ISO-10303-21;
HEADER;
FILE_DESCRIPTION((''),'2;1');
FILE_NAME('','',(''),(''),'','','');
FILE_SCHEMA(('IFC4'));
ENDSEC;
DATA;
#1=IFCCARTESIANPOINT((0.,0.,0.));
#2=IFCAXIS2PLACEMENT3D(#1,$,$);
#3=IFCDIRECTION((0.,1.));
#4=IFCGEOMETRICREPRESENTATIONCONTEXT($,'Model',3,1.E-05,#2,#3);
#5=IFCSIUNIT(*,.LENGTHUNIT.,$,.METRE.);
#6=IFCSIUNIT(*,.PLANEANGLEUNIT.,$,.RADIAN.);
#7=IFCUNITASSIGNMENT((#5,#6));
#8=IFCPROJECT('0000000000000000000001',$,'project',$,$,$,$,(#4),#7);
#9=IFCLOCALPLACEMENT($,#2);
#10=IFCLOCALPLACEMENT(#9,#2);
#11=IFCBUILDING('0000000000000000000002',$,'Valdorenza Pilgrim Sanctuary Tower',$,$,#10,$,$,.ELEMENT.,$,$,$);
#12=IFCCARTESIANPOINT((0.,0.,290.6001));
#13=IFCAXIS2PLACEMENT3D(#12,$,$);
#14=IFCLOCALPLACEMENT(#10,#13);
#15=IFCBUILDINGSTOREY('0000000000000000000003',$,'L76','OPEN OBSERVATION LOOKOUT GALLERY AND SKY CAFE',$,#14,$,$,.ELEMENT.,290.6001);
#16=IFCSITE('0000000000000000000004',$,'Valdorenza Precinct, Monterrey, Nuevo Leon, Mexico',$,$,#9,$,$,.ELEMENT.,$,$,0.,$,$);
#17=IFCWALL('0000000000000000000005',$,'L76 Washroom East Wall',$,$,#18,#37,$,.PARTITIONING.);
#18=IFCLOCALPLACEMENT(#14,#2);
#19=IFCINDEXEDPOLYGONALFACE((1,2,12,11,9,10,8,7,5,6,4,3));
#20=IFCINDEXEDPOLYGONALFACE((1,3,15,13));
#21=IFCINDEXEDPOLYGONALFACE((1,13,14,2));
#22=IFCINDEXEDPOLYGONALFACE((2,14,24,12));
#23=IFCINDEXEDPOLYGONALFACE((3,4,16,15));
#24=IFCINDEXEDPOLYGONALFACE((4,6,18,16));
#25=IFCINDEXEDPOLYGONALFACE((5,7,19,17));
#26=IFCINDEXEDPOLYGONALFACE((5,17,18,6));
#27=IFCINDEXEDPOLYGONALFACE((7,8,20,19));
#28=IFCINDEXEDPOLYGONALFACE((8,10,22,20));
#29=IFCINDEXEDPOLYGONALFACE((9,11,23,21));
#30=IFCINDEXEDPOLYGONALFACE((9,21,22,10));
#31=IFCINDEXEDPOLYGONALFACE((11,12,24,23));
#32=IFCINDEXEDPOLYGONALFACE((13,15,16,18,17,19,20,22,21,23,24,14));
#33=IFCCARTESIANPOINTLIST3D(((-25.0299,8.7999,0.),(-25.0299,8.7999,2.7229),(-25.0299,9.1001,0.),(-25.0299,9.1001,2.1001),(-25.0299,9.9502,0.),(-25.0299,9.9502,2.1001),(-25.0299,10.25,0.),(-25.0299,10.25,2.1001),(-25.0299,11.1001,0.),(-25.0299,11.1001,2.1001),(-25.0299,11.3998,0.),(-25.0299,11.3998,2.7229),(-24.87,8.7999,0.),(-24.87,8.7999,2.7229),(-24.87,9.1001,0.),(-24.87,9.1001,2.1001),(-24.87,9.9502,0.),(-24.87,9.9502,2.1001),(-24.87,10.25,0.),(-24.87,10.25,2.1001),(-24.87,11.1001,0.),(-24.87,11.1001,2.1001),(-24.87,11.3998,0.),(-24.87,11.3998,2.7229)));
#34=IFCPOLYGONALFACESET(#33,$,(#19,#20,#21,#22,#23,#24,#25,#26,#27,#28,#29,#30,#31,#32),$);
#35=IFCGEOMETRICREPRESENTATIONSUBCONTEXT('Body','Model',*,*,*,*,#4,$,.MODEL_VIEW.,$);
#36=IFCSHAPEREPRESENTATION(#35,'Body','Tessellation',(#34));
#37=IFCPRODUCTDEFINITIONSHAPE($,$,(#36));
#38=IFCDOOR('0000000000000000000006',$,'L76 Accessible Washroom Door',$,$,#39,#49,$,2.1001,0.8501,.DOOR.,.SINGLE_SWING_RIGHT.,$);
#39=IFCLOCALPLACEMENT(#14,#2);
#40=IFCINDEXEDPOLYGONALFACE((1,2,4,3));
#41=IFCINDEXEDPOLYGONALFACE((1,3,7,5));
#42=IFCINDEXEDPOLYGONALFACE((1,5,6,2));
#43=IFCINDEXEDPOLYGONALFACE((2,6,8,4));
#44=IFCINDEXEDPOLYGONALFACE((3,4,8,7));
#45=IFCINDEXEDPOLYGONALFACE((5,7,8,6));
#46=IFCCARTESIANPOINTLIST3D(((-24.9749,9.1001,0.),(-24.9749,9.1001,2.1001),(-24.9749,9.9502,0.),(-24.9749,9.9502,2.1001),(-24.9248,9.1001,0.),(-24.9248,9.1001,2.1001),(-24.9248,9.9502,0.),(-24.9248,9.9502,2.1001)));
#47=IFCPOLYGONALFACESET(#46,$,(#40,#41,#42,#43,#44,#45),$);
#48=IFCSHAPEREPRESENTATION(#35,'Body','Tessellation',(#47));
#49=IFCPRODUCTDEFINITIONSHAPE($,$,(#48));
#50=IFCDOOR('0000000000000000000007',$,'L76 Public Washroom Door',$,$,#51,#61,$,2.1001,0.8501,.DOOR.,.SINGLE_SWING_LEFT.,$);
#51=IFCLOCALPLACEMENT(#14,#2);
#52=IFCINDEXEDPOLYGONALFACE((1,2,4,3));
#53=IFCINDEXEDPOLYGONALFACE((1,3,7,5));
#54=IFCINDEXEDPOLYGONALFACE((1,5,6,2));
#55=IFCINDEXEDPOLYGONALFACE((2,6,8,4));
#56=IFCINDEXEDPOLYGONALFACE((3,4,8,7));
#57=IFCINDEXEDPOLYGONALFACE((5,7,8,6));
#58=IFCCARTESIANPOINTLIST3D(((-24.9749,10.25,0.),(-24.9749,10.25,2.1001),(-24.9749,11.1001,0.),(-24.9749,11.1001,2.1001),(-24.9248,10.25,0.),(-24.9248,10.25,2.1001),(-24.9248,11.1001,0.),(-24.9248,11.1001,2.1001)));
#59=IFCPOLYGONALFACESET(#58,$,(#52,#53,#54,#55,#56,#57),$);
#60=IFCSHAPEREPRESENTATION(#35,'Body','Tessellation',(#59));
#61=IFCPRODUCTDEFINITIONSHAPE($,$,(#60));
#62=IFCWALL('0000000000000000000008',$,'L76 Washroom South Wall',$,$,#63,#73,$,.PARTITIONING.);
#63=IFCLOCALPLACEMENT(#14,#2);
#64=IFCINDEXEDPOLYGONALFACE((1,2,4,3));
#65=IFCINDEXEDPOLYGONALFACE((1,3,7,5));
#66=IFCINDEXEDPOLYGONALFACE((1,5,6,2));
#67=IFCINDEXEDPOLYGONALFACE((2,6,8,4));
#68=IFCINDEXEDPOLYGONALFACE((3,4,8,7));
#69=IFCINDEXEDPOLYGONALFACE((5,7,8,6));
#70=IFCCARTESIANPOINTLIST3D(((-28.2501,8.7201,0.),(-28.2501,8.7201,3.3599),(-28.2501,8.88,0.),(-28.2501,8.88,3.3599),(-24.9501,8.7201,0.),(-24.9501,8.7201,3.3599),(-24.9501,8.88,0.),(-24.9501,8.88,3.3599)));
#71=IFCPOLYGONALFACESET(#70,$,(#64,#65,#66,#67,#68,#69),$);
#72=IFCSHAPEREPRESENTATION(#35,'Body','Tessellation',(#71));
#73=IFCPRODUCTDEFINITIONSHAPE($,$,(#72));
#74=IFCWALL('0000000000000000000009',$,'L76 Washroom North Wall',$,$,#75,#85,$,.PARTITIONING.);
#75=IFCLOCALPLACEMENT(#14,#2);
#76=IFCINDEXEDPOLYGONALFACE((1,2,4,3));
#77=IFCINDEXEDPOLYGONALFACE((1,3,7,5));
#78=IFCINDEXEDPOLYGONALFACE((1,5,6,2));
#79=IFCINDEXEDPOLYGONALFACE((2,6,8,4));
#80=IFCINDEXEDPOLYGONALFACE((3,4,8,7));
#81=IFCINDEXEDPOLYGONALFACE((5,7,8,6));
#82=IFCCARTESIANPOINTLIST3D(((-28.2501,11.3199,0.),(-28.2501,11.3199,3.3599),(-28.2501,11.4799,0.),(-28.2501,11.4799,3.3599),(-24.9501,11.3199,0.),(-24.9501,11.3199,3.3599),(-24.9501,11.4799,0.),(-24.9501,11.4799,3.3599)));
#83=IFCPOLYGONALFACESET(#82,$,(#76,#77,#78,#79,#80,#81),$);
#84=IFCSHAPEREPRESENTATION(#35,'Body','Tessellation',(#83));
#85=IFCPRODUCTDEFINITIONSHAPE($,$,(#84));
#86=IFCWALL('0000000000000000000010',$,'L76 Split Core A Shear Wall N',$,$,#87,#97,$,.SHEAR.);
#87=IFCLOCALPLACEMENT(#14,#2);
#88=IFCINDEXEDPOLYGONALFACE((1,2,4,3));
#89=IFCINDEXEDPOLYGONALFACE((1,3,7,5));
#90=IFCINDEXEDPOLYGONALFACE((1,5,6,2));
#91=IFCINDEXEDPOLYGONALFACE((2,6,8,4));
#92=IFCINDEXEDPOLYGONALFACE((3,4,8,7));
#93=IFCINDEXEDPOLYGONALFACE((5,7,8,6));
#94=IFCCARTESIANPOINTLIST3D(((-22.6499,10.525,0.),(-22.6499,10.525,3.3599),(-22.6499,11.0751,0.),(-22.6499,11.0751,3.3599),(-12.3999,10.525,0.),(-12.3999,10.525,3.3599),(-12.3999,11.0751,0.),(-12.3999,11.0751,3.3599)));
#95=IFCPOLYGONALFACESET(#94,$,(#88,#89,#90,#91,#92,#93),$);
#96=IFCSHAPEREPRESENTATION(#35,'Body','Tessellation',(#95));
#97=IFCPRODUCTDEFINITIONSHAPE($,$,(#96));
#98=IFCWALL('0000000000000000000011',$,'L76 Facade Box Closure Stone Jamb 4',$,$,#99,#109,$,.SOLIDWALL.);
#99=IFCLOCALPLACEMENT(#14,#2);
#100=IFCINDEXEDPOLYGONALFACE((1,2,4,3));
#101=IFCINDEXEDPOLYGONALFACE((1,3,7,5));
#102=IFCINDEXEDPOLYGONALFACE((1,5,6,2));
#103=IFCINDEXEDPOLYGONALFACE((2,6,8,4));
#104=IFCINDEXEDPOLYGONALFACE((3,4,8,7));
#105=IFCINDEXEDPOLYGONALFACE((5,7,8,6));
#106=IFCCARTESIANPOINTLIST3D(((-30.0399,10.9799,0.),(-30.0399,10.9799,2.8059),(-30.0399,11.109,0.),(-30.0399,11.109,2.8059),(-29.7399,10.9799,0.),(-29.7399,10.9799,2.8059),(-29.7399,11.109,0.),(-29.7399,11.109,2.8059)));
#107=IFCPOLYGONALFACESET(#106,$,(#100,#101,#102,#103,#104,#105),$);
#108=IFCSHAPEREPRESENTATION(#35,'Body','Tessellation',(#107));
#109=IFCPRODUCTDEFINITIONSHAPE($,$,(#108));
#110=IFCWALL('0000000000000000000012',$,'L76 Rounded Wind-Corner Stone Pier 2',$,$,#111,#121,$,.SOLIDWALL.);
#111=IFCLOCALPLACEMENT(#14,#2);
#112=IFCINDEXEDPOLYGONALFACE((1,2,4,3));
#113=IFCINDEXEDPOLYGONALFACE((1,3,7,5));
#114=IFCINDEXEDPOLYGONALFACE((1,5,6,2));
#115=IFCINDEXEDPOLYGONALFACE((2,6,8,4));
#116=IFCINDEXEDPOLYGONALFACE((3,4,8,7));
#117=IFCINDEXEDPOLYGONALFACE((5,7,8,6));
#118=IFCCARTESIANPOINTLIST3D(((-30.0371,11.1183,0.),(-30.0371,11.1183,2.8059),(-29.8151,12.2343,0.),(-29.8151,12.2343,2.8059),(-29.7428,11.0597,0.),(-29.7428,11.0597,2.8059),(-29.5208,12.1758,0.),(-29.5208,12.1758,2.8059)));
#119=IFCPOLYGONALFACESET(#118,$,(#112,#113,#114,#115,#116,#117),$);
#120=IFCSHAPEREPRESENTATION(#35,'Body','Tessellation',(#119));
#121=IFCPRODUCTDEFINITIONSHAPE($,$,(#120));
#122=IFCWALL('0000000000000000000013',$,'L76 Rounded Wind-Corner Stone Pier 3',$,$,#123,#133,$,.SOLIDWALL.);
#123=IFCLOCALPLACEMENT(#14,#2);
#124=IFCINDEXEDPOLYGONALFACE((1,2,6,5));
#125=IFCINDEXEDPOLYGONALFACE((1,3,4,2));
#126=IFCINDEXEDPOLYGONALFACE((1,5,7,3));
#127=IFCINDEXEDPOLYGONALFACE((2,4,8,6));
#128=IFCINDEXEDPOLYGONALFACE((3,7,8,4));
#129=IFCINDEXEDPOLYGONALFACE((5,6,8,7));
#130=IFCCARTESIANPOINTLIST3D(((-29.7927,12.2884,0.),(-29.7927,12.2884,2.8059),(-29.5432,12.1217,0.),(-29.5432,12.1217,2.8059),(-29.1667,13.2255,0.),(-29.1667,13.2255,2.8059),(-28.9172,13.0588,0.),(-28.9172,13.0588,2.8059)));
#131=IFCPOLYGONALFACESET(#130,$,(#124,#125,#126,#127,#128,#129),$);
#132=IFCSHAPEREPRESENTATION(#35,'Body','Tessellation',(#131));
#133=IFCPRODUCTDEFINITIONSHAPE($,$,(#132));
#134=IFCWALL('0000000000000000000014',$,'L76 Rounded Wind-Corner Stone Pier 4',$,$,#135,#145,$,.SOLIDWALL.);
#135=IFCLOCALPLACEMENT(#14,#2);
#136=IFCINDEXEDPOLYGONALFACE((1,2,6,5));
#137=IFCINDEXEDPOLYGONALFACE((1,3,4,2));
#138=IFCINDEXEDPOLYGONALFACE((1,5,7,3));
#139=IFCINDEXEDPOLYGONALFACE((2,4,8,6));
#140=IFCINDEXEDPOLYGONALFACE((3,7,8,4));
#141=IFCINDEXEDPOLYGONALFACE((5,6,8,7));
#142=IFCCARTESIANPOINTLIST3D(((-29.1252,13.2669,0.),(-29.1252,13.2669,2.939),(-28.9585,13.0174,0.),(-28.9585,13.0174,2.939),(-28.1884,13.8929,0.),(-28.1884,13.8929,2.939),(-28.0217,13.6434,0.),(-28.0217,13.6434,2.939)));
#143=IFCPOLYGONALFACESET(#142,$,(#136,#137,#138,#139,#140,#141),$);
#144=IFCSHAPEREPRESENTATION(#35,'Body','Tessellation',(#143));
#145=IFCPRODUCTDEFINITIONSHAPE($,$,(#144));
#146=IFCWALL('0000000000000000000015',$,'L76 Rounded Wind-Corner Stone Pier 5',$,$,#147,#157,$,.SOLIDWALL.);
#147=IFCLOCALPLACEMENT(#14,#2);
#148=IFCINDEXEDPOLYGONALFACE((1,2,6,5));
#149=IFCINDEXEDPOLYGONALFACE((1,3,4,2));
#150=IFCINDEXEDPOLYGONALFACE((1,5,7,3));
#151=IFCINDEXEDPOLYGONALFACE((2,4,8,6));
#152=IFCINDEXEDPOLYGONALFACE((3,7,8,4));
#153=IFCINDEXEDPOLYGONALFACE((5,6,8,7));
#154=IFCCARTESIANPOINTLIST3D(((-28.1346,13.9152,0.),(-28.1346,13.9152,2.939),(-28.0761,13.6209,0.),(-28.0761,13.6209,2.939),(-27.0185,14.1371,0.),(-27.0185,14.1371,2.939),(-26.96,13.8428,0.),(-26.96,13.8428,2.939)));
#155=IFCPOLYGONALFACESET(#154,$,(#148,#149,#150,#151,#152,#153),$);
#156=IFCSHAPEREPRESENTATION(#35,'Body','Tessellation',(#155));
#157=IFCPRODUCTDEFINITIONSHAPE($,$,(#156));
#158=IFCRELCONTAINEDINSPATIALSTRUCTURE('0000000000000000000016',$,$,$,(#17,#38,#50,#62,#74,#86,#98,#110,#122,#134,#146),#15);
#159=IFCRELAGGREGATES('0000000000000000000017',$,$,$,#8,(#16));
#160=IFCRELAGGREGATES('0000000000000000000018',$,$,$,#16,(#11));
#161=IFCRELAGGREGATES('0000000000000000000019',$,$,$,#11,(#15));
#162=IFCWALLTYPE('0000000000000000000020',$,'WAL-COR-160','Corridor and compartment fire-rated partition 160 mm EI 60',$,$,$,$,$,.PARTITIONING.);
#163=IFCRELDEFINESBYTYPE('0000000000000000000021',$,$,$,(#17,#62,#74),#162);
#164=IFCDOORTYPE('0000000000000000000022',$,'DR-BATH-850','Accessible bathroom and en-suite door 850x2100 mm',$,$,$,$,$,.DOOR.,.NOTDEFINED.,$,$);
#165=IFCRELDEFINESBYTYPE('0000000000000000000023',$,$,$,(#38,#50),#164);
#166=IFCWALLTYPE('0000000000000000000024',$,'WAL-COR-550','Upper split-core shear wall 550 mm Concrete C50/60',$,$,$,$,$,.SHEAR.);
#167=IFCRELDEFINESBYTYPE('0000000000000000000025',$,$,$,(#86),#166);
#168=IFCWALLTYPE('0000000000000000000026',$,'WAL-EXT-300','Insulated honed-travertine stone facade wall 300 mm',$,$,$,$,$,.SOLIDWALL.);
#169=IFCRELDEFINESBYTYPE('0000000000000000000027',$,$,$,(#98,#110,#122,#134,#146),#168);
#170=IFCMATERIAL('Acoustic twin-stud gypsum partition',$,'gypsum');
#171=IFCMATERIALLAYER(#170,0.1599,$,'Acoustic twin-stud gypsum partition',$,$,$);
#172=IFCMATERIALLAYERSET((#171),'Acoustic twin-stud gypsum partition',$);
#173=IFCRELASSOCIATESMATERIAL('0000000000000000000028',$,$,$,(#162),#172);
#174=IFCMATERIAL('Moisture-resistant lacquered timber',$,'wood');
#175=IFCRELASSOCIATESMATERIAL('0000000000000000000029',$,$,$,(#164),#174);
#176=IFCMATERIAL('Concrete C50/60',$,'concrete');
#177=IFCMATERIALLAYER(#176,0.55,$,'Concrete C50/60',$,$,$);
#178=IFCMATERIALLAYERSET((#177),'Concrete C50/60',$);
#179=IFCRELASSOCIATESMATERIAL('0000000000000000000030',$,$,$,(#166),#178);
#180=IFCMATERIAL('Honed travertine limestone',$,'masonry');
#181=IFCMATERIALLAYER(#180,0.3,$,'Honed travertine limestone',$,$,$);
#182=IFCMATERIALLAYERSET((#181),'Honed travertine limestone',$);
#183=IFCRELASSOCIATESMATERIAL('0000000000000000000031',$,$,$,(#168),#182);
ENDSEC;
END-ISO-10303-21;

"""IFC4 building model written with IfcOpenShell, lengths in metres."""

from ifc_helpers import new_model, si_unit, direction, frame, frame_2d, origin, place, context, subcontext, project, spatial, rectangle, extrude, material, layer, layer_set, type_object, element, fill, save


model = new_model("IFC4")

# Units and contexts
model_context = context("Model", 3, precision=1e-05, world=origin(), true_north=direction((0.0, 1.0)))
body_context = subcontext(model_context, "Body", "Model", "MODEL_VIEW")
ifc_project = project(units=[si_unit("LENGTHUNIT", "METRE"), si_unit("PLANEANGLEUNIT", "RADIAN")], contexts=[model_context])

# Site, building, storey
site_placement = place(None, origin())
site = spatial("IfcSite", under=ifc_project, at=site_placement, Name="Valdorenza Precinct, Monterrey, Nuevo Leon, Mexico", CompositionType="ELEMENT", RefElevation=0.0)
building_placement = place(site_placement, origin())
building = spatial("IfcBuilding", under=site, at=building_placement, Name="Valdorenza Pilgrim Sanctuary Tower", CompositionType="ELEMENT")
storey_placement = place(building_placement, frame((0.0, 0.0, 290.6001)))
storey = spatial("IfcBuildingStorey", under=building, at=storey_placement, Name="L76", Description="OPEN OBSERVATION LOOKOUT GALLERY AND SKY CAFE", CompositionType="ELEMENT", Elevation=290.6001)

# Shared definitions
ifc_material_1 = material(Name="Concrete C50/60", Category="concrete")

# Wall, openings, doors
ifc_material_2 = material(Name="Acoustic twin-stud gypsum partition", Category="gypsum")
ifc_layer_1 = layer(ifc_material_2, 0.1599, Name="Acoustic twin-stud gypsum partition")
ifc_layer_set_1 = layer_set([ifc_layer_1], Name="Acoustic twin-stud gypsum partition")
wall_type_1 = type_object("IfcWallType", Name="WAL-COR-160", Description="Corridor and compartment fire-rated partition 160 mm EI 60", PredefinedType="PARTITIONING", material=ifc_layer_set_1)
wall_1_placement = place(storey_placement, frame((-24.95, 8.8, 0.0), z_axis=(0.0, 0.0, 1.0), x_axis=(0.0, 1.0, 0.0)))
wall_1 = element("IfcWall", 1, at=wall_1_placement, inside=storey, type_object=wall_type_1, Name="L76 Washroom East Wall", PredefinedType="PARTITIONING", context=body_context, shape_type="SweptSolid", body=[
    extrude(rectangle(XDim=2.5999, YDim=0.1599, at=frame_2d((1.2998, 0.0))), origin(), (0.0, 0.0, 1.0), 2.7229),
])
opening_1_placement = place(wall_1_placement, frame((0.3, 0.0, 0.0)))
opening_1 = element("IfcOpeningElement", 2, at=opening_1_placement, cuts=wall_1, PredefinedType="OPENING", context=body_context, shape_type="SweptSolid", body=[
    extrude(rectangle(XDim=0.8501, YDim=2.1001, at=frame_2d((0.425, 1.05))), frame((0.0, 0.0947, 0.0), z_axis=(0.0, -1.0, 0.0), x_axis=(1.0, 0.0, 0.0)), (0.0, 0.0, 1.0), 0.1897),
])
opening_2_placement = place(wall_1_placement, frame((1.45, 0.0, 0.0)))
opening_2 = element("IfcOpeningElement", 3, at=opening_2_placement, cuts=wall_1, PredefinedType="OPENING", context=body_context, shape_type="SweptSolid", body=[
    extrude(rectangle(XDim=0.8501, YDim=2.1001, at=frame_2d((0.425, 1.05))), frame((0.0, 0.0947, 0.0), z_axis=(0.0, -1.0, 0.0), x_axis=(1.0, 0.0, 0.0)), (0.0, 0.0, 1.0), 0.1897),
])
ifc_material_3 = material(Name="Moisture-resistant lacquered timber", Category="wood")
door_type_1 = type_object("IfcDoorType", Name="DR-BATH-850", Description="Accessible bathroom and en-suite door 850x2100 mm", OperationType="NOTDEFINED", PredefinedType="DOOR", material=ifc_material_3)
door_1_placement = place(opening_1_placement, origin())
door_1 = element("IfcDoor", 4, at=door_1_placement, inside=storey, type_object=door_type_1, Name="L76 Accessible Washroom Door", OperationType="SINGLE_SWING_RIGHT", OverallHeight=2.1001, OverallWidth=0.8501, PredefinedType="DOOR", context=body_context, shape_type="SweptSolid", body=[
    extrude(rectangle(XDim=0.8501, YDim=2.1001, at=frame_2d((0.425, 1.05))), frame((0.0, 0.0249, 0.0), z_axis=(0.0, -1.0, 0.0), x_axis=(1.0, 0.0, 0.0)), (0.0, 0.0, 1.0), 0.05),
])
fill(opening_1, door_1)
door_2_placement = place(opening_2_placement, origin())
door_2 = element("IfcDoor", 5, at=door_2_placement, inside=storey, type_object=door_type_1, Name="L76 Public Washroom Door", OperationType="SINGLE_SWING_LEFT", OverallHeight=2.1001, OverallWidth=0.8501, PredefinedType="DOOR", context=body_context, shape_type="SweptSolid", body=[
    extrude(rectangle(XDim=0.8501, YDim=2.1001, at=frame_2d((0.425, 1.05))), frame((0.0, 0.0249, 0.0), z_axis=(0.0, -1.0, 0.0), x_axis=(1.0, 0.0, 0.0)), (0.0, 0.0, 1.0), 0.05),
])
fill(opening_2, door_2)

# Walls
for number, where, z_axis, x_axis, name in (
    (6, (-28.25, 8.8, 0.0), (0.0, 0.0, 1.0), (1.0, 0.0, 0.0), "L76 Washroom South Wall"),
    (7, (-28.25, 11.3999, 0.0), (0.0, 0.0, 1.0), (1.0, 0.0, 0.0), "L76 Washroom North Wall"),
):
    element("IfcWall", number, at=place(storey_placement, frame(where, z_axis=z_axis, x_axis=x_axis)), inside=storey, type_object=wall_type_1, Name=name, PredefinedType="PARTITIONING", context=body_context, shape_type="SweptSolid", body=[
        extrude(rectangle(XDim=3.3, YDim=0.1599, at=frame_2d((1.6499, 0.0))), origin(), (0.0, 0.0, 1.0), 3.3599),
    ])
ifc_layer_2 = layer(ifc_material_1, 0.55, Name="Concrete C50/60")
ifc_layer_set_2 = layer_set([ifc_layer_2], Name="Concrete C50/60")
wall_type_2 = type_object("IfcWallType", Name="WAL-COR-550", Description="Upper split-core shear wall 550 mm Concrete C50/60", PredefinedType="SHEAR", material=ifc_layer_set_2)
wall_2_placement = place(storey_placement, frame((-22.6499, 10.8, 0.0), z_axis=(0.0, 0.0, 1.0), x_axis=(1.0, 0.0, 0.0)))
element("IfcWall", 8, at=wall_2_placement, inside=storey, type_object=wall_type_2, Name="L76 Split Core A Shear Wall N", PredefinedType="SHEAR", context=body_context, shape_type="SweptSolid", body=[
    extrude(rectangle(XDim=10.25, YDim=0.55, at=frame_2d((5.125, 0.0))), origin(), (0.0, 0.0, 1.0), 3.3599),
])
ifc_material_4 = material(Name="Honed travertine limestone", Category="masonry")
ifc_layer_3 = layer(ifc_material_4, 0.3, Name="Honed travertine limestone")
ifc_layer_set_3 = layer_set([ifc_layer_3], Name="Honed travertine limestone")
wall_type_3 = type_object("IfcWallType", Name="WAL-EXT-300", Description="Insulated honed-travertine stone facade wall 300 mm", PredefinedType="SOLIDWALL", material=ifc_layer_set_3)
wall_3_placement = place(storey_placement, frame((-29.8899, 10.98, 0.0), z_axis=(0.0, 0.0, 1.0), x_axis=(0.0, 1.0, 0.0)))
element("IfcWall", 9, at=wall_3_placement, inside=storey, type_object=wall_type_3, Name="L76 Facade Box Closure Stone Jamb 4", PredefinedType="SOLIDWALL", context=body_context, shape_type="SweptSolid", body=[
    extrude(rectangle(XDim=0.1292, YDim=0.3, at=frame_2d((0.0645, 0.0))), origin(), (0.0, 0.0, 1.0), 2.8059),
])
wall_4_placement = place(storey_placement, frame((-29.8899, 11.0891, 0.0), z_axis=(0.0, 0.0, 1.0), x_axis=(0.195043, 0.980795, 0.0)))
element("IfcWall", 10, at=wall_4_placement, inside=storey, type_object=wall_type_3, Name="L76 Rounded Wind-Corner Stone Pier 2", PredefinedType="SOLIDWALL", context=body_context, shape_type="SweptSolid", body=[
    extrude(rectangle(XDim=1.1379, YDim=0.3, at=frame_2d((0.5688, 0.0))), origin(), (0.0, 0.0, 1.0), 2.8059),
])
wall_5_placement = place(storey_placement, frame((-29.668, 12.2051, 0.0), z_axis=(0.0, 0.0, 1.0), x_axis=(0.5555, 0.831517, 0.0)))
element("IfcWall", 11, at=wall_5_placement, inside=storey, type_object=wall_type_3, Name="L76 Rounded Wind-Corner Stone Pier 3", PredefinedType="SOLIDWALL", context=body_context, shape_type="SweptSolid", body=[
    extrude(rectangle(XDim=1.127, YDim=0.3, at=frame_2d((0.5635, 0.0))), origin(), (0.0, 0.0, 1.0), 2.8059),
])
wall_6_placement = place(storey_placement, frame((-29.042, 13.1421, 0.0), z_axis=(0.0, 0.0, 1.0), x_axis=(0.83145, 0.5556, 0.0)))
element("IfcWall", 12, at=wall_6_placement, inside=storey, type_object=wall_type_3, Name="L76 Rounded Wind-Corner Stone Pier 4", PredefinedType="SOLIDWALL", context=body_context, shape_type="SweptSolid", body=[
    extrude(rectangle(XDim=1.1267, YDim=0.3, at=frame_2d((0.5635, 0.0))), origin(), (0.0, 0.0, 1.0), 2.939),
])
wall_7_placement = place(storey_placement, frame((-28.1052, 13.7681, 0.0), z_axis=(0.0, 0.0, 1.0), x_axis=(0.980795, 0.195043, 0.0)))
element("IfcWall", 13, at=wall_7_placement, inside=storey, type_object=wall_type_3, Name="L76 Rounded Wind-Corner Stone Pier 5", PredefinedType="SOLIDWALL", context=body_context, shape_type="SweptSolid", body=[
    extrude(rectangle(XDim=1.1379, YDim=0.3, at=frame_2d((0.5688, 0.0))), origin(), (0.0, 0.0, 1.0), 2.939),
])

save(model, "model.ifc")
